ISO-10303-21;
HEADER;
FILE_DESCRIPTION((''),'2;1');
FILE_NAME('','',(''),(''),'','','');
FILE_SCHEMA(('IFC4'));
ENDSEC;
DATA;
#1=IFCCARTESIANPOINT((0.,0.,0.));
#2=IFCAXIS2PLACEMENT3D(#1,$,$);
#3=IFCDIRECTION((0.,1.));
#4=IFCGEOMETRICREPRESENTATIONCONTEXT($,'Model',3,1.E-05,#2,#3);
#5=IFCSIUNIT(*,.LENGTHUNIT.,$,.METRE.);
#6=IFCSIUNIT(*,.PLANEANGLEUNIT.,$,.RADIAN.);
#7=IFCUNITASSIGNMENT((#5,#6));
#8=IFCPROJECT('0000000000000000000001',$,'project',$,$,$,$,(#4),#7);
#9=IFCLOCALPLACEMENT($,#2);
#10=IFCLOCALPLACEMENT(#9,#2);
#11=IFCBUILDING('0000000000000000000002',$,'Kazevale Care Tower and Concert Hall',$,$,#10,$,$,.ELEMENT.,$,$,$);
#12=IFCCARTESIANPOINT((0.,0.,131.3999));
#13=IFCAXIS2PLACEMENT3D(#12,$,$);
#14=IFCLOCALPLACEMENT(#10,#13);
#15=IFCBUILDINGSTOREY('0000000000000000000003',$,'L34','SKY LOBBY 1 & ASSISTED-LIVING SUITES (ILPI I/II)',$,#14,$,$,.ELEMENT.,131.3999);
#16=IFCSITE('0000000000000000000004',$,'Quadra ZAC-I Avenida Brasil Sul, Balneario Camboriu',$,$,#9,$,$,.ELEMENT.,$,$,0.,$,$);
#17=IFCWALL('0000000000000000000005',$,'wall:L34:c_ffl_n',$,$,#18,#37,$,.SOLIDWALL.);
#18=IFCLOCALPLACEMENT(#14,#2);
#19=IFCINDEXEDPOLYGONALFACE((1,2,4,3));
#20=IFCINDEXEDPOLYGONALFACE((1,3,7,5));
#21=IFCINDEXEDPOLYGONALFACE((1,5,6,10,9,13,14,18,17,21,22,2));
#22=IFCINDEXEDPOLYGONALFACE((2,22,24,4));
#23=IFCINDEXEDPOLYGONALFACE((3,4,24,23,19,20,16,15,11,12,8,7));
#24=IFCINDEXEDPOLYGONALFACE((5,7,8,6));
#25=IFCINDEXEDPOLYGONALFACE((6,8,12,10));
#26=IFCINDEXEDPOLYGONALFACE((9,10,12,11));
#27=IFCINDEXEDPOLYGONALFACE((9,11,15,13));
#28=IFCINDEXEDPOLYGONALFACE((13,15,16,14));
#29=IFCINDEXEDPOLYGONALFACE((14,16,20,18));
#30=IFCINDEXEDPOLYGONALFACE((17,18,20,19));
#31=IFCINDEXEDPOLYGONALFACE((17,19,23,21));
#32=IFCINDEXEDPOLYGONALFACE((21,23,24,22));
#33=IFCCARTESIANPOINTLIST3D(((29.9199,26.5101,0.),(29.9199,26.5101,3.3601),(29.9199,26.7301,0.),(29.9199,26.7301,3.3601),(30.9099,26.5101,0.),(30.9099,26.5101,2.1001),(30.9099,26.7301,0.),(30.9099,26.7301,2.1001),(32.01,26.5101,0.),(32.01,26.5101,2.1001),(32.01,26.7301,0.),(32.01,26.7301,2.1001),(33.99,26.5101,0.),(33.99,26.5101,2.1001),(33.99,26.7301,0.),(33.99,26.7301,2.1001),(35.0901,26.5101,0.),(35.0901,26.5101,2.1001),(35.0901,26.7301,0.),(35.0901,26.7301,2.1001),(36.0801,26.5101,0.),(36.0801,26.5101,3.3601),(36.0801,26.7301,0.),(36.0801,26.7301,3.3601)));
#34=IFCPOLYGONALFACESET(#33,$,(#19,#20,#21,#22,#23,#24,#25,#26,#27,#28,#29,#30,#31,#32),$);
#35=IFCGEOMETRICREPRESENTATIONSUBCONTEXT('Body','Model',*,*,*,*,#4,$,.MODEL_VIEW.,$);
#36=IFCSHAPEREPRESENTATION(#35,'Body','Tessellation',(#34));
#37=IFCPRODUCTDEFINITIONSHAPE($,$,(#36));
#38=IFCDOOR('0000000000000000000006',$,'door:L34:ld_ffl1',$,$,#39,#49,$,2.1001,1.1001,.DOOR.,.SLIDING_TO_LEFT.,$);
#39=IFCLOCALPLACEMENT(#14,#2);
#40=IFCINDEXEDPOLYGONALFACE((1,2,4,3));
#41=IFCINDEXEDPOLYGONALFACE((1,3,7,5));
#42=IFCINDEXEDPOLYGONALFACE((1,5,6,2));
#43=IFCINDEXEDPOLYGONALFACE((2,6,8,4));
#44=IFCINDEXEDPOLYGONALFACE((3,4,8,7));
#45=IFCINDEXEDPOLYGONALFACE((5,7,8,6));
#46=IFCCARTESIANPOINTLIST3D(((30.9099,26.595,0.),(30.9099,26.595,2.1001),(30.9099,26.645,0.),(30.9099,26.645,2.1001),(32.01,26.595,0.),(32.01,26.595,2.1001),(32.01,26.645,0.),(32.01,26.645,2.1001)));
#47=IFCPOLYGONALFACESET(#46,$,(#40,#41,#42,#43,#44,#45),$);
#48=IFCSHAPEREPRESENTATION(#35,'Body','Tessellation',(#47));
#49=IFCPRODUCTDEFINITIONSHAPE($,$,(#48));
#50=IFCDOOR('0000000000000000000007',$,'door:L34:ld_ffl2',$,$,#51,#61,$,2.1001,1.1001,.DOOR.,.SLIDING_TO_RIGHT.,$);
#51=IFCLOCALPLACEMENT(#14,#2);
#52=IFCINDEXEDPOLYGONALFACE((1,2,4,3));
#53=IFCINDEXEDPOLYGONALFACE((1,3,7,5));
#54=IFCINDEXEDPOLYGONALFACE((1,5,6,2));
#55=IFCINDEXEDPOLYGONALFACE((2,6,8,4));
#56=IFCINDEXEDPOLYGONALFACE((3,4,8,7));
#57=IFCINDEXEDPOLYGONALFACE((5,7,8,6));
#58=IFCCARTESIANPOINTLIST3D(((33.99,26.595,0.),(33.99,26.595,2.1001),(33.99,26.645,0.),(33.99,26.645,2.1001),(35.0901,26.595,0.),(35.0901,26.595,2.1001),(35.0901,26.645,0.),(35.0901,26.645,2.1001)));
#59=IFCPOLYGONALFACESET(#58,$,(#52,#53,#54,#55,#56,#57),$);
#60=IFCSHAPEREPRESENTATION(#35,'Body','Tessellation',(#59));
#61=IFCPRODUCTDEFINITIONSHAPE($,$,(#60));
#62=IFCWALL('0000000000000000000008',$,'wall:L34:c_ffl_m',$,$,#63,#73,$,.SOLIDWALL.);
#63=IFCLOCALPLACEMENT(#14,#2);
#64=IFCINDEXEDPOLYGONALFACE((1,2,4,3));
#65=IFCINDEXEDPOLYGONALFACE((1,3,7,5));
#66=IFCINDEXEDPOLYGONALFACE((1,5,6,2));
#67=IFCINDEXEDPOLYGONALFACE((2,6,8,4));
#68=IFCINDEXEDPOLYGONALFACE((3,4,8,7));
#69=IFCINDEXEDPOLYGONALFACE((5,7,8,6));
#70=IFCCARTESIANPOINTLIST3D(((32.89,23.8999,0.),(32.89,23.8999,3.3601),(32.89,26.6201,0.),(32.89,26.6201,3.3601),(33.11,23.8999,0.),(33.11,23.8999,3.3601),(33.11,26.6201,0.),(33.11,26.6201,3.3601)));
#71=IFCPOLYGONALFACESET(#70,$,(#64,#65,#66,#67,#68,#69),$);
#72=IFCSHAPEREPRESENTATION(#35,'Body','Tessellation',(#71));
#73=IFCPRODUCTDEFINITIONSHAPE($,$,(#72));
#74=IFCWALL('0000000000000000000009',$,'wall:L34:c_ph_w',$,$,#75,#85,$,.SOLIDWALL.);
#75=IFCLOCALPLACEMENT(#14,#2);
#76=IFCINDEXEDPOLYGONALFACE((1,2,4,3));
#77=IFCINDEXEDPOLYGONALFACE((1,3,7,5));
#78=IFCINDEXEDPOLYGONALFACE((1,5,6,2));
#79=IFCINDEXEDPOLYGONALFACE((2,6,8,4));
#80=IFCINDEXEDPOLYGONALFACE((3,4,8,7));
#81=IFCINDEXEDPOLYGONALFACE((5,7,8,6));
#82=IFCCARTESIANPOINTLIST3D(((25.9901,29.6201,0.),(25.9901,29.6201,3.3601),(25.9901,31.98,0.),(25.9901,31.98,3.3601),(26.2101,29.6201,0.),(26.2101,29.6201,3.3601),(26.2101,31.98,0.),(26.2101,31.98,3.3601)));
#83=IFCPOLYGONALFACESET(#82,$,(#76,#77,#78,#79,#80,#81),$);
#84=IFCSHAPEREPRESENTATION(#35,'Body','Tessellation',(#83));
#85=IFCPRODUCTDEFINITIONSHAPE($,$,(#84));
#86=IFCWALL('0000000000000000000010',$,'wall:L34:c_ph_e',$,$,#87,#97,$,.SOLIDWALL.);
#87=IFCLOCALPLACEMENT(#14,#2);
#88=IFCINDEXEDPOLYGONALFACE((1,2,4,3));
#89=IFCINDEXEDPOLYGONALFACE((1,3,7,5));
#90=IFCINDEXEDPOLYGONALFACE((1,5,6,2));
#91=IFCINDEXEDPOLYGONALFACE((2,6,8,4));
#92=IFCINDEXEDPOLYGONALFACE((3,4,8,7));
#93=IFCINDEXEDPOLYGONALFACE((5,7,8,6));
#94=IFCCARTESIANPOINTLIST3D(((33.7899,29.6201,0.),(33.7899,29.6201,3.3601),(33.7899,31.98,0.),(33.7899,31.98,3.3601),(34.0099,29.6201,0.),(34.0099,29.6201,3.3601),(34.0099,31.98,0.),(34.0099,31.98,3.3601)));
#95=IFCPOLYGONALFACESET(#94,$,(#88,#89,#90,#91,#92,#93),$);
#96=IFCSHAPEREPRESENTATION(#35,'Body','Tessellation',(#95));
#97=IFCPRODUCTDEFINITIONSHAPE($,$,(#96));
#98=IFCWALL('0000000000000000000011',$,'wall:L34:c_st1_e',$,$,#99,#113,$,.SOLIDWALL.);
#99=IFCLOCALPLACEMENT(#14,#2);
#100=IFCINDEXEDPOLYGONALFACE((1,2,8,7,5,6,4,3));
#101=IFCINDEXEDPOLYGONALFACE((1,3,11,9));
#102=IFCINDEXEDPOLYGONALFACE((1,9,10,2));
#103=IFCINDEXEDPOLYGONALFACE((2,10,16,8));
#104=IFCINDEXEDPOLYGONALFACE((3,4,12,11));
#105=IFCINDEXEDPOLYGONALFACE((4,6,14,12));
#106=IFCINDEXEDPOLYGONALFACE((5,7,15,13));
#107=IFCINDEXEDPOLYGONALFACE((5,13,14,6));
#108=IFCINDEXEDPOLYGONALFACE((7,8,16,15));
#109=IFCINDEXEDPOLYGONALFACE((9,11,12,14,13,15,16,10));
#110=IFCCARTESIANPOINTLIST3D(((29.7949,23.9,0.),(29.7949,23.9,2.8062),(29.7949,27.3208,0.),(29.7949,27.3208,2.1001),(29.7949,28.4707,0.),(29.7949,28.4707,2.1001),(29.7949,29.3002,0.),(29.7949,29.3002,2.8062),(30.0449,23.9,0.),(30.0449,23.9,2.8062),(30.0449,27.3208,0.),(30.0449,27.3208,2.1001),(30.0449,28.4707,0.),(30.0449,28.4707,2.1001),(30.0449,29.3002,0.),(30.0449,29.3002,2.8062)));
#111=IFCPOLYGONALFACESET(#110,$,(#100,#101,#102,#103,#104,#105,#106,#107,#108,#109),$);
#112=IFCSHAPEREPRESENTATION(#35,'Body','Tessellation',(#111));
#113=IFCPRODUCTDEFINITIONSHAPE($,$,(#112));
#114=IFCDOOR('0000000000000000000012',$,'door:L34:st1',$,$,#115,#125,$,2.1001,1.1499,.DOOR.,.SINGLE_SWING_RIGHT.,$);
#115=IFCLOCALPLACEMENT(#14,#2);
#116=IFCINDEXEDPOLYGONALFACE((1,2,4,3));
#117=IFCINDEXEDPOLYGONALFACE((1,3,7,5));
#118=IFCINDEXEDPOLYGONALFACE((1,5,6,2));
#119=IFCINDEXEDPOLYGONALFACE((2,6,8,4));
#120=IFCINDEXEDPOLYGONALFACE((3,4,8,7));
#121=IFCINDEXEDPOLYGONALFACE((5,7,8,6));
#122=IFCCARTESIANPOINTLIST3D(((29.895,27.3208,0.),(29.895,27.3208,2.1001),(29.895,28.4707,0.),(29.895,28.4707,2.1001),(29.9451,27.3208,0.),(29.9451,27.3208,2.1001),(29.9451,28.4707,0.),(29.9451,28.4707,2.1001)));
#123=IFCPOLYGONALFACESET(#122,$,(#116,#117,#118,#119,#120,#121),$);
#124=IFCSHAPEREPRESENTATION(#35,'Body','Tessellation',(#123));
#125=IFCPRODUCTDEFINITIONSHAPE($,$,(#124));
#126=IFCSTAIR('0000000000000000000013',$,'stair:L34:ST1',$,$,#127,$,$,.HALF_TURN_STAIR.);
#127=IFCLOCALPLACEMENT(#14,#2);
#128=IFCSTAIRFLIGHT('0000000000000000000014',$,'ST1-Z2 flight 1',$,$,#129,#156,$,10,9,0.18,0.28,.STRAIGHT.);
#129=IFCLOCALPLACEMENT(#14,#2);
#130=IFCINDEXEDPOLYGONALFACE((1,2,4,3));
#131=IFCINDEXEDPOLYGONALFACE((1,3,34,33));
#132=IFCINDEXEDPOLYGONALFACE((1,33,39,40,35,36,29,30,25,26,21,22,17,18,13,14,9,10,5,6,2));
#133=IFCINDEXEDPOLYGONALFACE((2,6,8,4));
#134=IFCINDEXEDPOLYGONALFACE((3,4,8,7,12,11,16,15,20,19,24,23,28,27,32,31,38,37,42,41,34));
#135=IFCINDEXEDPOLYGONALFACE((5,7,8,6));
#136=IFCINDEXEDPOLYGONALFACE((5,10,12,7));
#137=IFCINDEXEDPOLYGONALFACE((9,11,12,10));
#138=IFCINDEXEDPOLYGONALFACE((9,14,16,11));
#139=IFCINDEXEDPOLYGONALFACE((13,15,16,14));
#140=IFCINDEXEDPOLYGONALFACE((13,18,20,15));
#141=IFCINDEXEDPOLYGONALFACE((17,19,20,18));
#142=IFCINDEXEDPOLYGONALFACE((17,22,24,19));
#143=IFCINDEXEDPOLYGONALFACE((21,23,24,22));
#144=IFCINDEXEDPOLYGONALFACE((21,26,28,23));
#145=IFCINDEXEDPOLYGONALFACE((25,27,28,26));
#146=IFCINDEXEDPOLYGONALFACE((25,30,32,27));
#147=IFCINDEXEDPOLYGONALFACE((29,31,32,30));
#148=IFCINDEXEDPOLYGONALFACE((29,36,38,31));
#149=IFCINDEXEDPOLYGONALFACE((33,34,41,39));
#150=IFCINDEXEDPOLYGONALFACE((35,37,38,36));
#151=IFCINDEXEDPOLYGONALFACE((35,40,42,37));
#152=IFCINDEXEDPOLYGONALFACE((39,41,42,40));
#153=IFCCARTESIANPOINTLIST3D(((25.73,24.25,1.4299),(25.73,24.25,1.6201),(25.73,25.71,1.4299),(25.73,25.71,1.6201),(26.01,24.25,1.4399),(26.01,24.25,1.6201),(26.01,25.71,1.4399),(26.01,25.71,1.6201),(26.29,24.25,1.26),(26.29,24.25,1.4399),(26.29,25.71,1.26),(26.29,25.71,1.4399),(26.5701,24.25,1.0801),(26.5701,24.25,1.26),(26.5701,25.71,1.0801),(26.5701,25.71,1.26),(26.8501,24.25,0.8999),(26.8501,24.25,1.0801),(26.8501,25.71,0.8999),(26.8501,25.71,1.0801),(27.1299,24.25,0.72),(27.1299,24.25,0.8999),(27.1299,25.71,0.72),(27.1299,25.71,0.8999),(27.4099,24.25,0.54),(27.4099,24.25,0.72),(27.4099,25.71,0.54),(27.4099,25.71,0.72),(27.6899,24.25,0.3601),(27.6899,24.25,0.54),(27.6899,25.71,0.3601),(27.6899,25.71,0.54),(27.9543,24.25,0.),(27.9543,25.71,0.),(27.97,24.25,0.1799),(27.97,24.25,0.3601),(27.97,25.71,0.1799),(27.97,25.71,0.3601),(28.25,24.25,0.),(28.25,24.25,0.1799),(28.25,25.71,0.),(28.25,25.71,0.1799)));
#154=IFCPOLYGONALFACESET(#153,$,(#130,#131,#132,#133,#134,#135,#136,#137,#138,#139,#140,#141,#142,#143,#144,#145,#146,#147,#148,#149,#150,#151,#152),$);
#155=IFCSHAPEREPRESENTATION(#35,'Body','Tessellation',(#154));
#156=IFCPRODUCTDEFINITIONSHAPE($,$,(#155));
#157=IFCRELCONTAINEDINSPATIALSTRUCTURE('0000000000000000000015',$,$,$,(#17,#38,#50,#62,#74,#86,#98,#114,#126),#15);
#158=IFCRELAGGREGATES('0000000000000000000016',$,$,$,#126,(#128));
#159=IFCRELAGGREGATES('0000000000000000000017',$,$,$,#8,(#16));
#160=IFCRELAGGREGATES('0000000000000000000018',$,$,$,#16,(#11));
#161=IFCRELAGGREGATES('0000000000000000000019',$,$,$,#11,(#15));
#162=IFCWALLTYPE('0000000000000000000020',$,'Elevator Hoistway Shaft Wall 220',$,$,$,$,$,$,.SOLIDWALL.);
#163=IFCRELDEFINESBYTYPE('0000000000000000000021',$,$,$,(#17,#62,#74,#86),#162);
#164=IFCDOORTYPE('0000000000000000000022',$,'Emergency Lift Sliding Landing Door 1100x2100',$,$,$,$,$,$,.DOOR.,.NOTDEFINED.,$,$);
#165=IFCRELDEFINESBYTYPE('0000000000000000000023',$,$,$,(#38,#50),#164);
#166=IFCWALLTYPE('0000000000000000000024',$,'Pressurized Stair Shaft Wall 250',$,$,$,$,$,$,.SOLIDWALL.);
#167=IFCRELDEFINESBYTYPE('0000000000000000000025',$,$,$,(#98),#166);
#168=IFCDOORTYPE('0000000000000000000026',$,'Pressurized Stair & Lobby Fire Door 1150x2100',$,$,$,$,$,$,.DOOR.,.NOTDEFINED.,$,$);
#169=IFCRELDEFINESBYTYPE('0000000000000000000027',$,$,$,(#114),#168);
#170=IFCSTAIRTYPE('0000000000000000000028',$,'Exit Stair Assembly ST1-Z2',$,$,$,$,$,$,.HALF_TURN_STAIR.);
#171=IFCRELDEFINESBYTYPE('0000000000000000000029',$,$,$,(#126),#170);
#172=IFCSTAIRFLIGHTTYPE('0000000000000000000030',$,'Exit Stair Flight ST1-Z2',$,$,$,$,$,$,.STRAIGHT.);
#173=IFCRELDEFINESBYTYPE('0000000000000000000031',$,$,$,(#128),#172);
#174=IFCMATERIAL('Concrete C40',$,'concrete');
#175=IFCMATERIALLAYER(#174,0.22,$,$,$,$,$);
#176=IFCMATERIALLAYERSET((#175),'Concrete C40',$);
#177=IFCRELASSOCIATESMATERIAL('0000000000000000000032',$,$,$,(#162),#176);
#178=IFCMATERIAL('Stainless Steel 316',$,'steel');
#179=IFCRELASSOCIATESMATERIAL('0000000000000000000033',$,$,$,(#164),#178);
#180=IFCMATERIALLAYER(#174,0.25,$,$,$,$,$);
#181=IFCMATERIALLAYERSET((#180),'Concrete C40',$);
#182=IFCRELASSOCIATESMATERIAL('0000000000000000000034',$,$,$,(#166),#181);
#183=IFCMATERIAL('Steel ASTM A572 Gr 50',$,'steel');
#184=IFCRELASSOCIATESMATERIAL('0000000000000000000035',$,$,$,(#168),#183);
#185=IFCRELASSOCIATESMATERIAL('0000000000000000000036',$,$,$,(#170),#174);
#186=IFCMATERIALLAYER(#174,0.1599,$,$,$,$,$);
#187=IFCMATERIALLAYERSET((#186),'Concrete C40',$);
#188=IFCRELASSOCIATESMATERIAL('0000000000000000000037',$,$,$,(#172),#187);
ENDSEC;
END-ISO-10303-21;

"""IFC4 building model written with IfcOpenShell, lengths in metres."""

from ifc_helpers import new_model, si_unit, direction, frame, frame_2d, origin, place, context, subcontext, project, spatial, polyline, rectangle, outline, extrude, material, layer, layer_set, type_object, element, fill, aggregate, save


model = new_model("IFC4")

# Units and contexts
model_context = context("Model", 3, precision=1e-05, world=origin(), true_north=direction((0.0, 1.0)))
body_context = subcontext(model_context, "Body", "Model", "MODEL_VIEW")
ifc_project = project(units=[si_unit("LENGTHUNIT", "METRE"), si_unit("PLANEANGLEUNIT", "RADIAN")], contexts=[model_context])

# Site, building, storey
site_placement = place(None, origin())
site = spatial("IfcSite", under=ifc_project, at=site_placement, Name="Quadra ZAC-I Avenida Brasil Sul, Balneario Camboriu", CompositionType="ELEMENT", RefElevation=0.0)
building_placement = place(site_placement, origin())
building = spatial("IfcBuilding", under=site, at=building_placement, Name="Kazevale Care Tower and Concert Hall", CompositionType="ELEMENT")
storey_placement = place(building_placement, frame((0.0, 0.0, 131.3999)))
storey = spatial("IfcBuildingStorey", under=building, at=storey_placement, Name="L34", Description="SKY LOBBY 1 & ASSISTED-LIVING SUITES (ILPI I/II)", CompositionType="ELEMENT", Elevation=131.3999)

# Shared definitions
ifc_material_1 = material(Name="Steel ASTM A572 Gr 50", Category="steel")

# Wall, openings, doors
ifc_material_2 = material(Name="Concrete C40", Category="concrete")
ifc_layer_1 = layer(ifc_material_2, 0.22)
ifc_layer_set_1 = layer_set([ifc_layer_1], Name="Concrete C40")
wall_type_1 = type_object("IfcWallType", Name="Elevator Hoistway Shaft Wall 220", PredefinedType="SOLIDWALL", material=ifc_layer_set_1)
wall_1_placement = place(storey_placement, frame((29.9199, 26.6201, 0.0), z_axis=(0.0, 0.0, 1.0), x_axis=(1.0, 0.0, 0.0)))
wall_1 = element("IfcWall", 1, at=wall_1_placement, inside=storey, type_object=wall_type_1, Name="wall:L34:c_ffl_n", PredefinedType="SOLIDWALL", context=body_context, shape_type="SweptSolid", body=[
    extrude(rectangle(XDim=6.1602, YDim=0.22, at=frame_2d((3.0801, 0.0))), origin(), (0.0, 0.0, 1.0), 3.3601),
])
opening_1_placement = place(wall_1_placement, frame((0.99, 0.0, 0.0)))
opening_1 = element("IfcOpeningElement", 2, at=opening_1_placement, cuts=wall_1, PredefinedType="OPENING", context=body_context, shape_type="SweptSolid", body=[
    extrude(rectangle(XDim=1.1001, YDim=2.1001, at=frame_2d((0.55, 1.05))), frame((0.0, 0.1199, 0.0), z_axis=(0.0, -1.0, 0.0), x_axis=(1.0, 0.0, 0.0)), (0.0, 0.0, 1.0), 0.24),
])
opening_2_placement = place(wall_1_placement, frame((4.0701, 0.0, 0.0)))
opening_2 = element("IfcOpeningElement", 3, at=opening_2_placement, cuts=wall_1, PredefinedType="OPENING", context=body_context, shape_type="SweptSolid", body=[
    extrude(rectangle(XDim=1.1001, YDim=2.1001, at=frame_2d((0.55, 1.05))), frame((0.0, 0.1199, 0.0), z_axis=(0.0, -1.0, 0.0), x_axis=(1.0, 0.0, 0.0)), (0.0, 0.0, 1.0), 0.24),
])
ifc_material_3 = material(Name="Stainless Steel 316", Category="steel")
door_type_1 = type_object("IfcDoorType", Name="Emergency Lift Sliding Landing Door 1100x2100", OperationType="NOTDEFINED", PredefinedType="DOOR", material=ifc_material_3)
door_1_placement = place(opening_1_placement, origin())
door_1 = element("IfcDoor", 4, at=door_1_placement, inside=storey, type_object=door_type_1, Name="door:L34:ld_ffl1", OperationType="SLIDING_TO_LEFT", OverallHeight=2.1001, OverallWidth=1.1001, PredefinedType="DOOR", context=body_context, shape_type="SweptSolid", body=[
    extrude(rectangle(XDim=1.1001, YDim=2.1001, at=frame_2d((0.55, 1.05))), frame((0.0, 0.0249, 0.0), z_axis=(0.0, -1.0, 0.0), x_axis=(1.0, 0.0, 0.0)), (0.0, 0.0, 1.0), 0.05),
])
fill(opening_1, door_1)
door_2_placement = place(opening_2_placement, origin())
door_2 = element("IfcDoor", 5, at=door_2_placement, inside=storey, type_object=door_type_1, Name="door:L34:ld_ffl2", OperationType="SLIDING_TO_RIGHT", OverallHeight=2.1001, OverallWidth=1.1001, PredefinedType="DOOR", context=body_context, shape_type="SweptSolid", body=[
    extrude(rectangle(XDim=1.1001, YDim=2.1001, at=frame_2d((0.55, 1.05))), frame((0.0, 0.0249, 0.0), z_axis=(0.0, -1.0, 0.0), x_axis=(1.0, 0.0, 0.0)), (0.0, 0.0, 1.0), 0.05),
])
fill(opening_2, door_2)

# Walls
wall_2_placement = place(storey_placement, frame((33.0, 23.8999, 0.0), z_axis=(0.0, 0.0, 1.0), x_axis=(0.0, 1.0, 0.0)))
element("IfcWall", 6, at=wall_2_placement, inside=storey, type_object=wall_type_1, Name="wall:L34:c_ffl_m", PredefinedType="SOLIDWALL", context=body_context, shape_type="SweptSolid", body=[
    extrude(rectangle(XDim=2.7202, YDim=0.22, at=frame_2d((1.3601, 0.0))), origin(), (0.0, 0.0, 1.0), 3.3601),
])
for number, where, z_axis, x_axis, name in (
    (7, (26.1001, 29.6201, 0.0), (0.0, 0.0, 1.0), (0.0, 1.0, 0.0), "wall:L34:c_ph_w"),
    (8, (33.8999, 29.6201, 0.0), (0.0, 0.0, 1.0), (0.0, 1.0, 0.0), "wall:L34:c_ph_e"),
):
    element("IfcWall", number, at=place(storey_placement, frame(where, z_axis=z_axis, x_axis=x_axis)), inside=storey, type_object=wall_type_1, Name=name, PredefinedType="SOLIDWALL", context=body_context, shape_type="SweptSolid", body=[
        extrude(rectangle(XDim=2.3599, YDim=0.22, at=frame_2d((1.1799, 0.0))), origin(), (0.0, 0.0, 1.0), 3.3601),
    ])

# Wall, opening, door
ifc_layer_2 = layer(ifc_material_2, 0.25)
ifc_layer_set_2 = layer_set([ifc_layer_2], Name="Concrete C40")
wall_type_2 = type_object("IfcWallType", Name="Pressurized Stair Shaft Wall 250", PredefinedType="SOLIDWALL", material=ifc_layer_set_2)
wall_3_placement = place(storey_placement, frame((29.9199, 23.8999, 0.0), z_axis=(0.0, 0.0, 1.0), x_axis=(0.0, 1.0, 0.0)))
wall_3 = element("IfcWall", 9, at=wall_3_placement, inside=storey, type_object=wall_type_2, Name="wall:L34:c_st1_e", PredefinedType="SOLIDWALL", context=body_context, shape_type="SweptSolid", body=[
    extrude(rectangle(XDim=5.4001, YDim=0.25, at=frame_2d((2.7002, 0.0))), origin(), (0.0, 0.0, 1.0), 2.8062),
])
opening_3_placement = place(wall_3_placement, frame((3.4209, 0.0, 0.0)))
opening_3 = element("IfcOpeningElement", 10, at=opening_3_placement, cuts=wall_3, PredefinedType="OPENING", context=body_context, shape_type="SweptSolid", body=[
    extrude(rectangle(XDim=1.1499, YDim=2.1001, at=frame_2d((0.575, 1.05))), frame((0.0, 0.135, 0.0), z_axis=(0.0, -1.0, 0.0), x_axis=(1.0, 0.0, 0.0)), (0.0, 0.0, 1.0), 0.27),
])
door_type_2 = type_object("IfcDoorType", Name="Pressurized Stair & Lobby Fire Door 1150x2100", OperationType="NOTDEFINED", PredefinedType="DOOR", material=ifc_material_1)
door_3_placement = place(opening_3_placement, origin())
door_3 = element("IfcDoor", 11, at=door_3_placement, inside=storey, type_object=door_type_2, Name="door:L34:st1", OperationType="SINGLE_SWING_RIGHT", OverallHeight=2.1001, OverallWidth=1.1499, PredefinedType="DOOR", context=body_context, shape_type="SweptSolid", body=[
    extrude(rectangle(XDim=1.1499, YDim=2.1001, at=frame_2d((0.575, 1.05))), frame((0.0, 0.0249, 0.0), z_axis=(0.0, -1.0, 0.0), x_axis=(1.0, 0.0, 0.0)), (0.0, 0.0, 1.0), 0.05),
])
fill(opening_3, door_3)

# Stair, stair flight
stair_type = type_object("IfcStairType", Name="Exit Stair Assembly ST1-Z2", PredefinedType="HALF_TURN_STAIR", material=ifc_material_2)
stair_placement = place(storey_placement, origin())
stair = element("IfcStair", 12, at=stair_placement, inside=storey, type_object=stair_type, Name="stair:L34:ST1", PredefinedType="HALF_TURN_STAIR")
ifc_layer_3 = layer(ifc_material_2, 0.1599)
ifc_layer_set_3 = layer_set([ifc_layer_3], Name="Concrete C40")
stair_flight_type = type_object("IfcStairFlightType", Name="Exit Stair Flight ST1-Z2", PredefinedType="STRAIGHT", material=ifc_layer_set_3)
stair_flight_placement = place(storey_placement, frame((28.25, 24.98, 0.0), z_axis=(0.0, 0.0, 1.0), x_axis=(-1.0, 0.0, 0.0)))
stair_flight = element("IfcStairFlight", 13, at=stair_flight_placement, type_object=stair_flight_type, Name="ST1-Z2 flight 1", NumberOfRisers=10, NumberOfTreads=9, PredefinedType="STRAIGHT", RiserHeight=0.18, TreadLength=0.28, context=body_context, shape_type="SweptSolid", body=[
    extrude(outline(polyline([(0.0, 0.0), (0.0, 0.1799), (0.28, 0.1799), (0.28, 0.3601), (0.5601, 0.3601), (0.5601, 0.54), (0.8401, 0.54), (0.8401, 0.72), (1.1201, 0.72), (1.1201, 0.8999), (1.3999, 0.8999), (1.3999, 1.0801), (1.6799, 1.0801), (1.6799, 1.26), (1.96, 1.26), (1.96, 1.4399), (2.24, 1.4399), (2.24, 1.6201), (2.52, 1.6201), (2.52, 1.8), (2.52, 1.4299), (0.2957, 0.0), (0.0, 0.0)])), frame((0.0, 0.73, 0.0), z_axis=(0.0, -1.0, 0.0), x_axis=(1.0, 0.0, 0.0)), (0.0, 0.0, 1.0), 1.46),
])
aggregate(stair, [stair_flight])

save(model, "model.ifc")
